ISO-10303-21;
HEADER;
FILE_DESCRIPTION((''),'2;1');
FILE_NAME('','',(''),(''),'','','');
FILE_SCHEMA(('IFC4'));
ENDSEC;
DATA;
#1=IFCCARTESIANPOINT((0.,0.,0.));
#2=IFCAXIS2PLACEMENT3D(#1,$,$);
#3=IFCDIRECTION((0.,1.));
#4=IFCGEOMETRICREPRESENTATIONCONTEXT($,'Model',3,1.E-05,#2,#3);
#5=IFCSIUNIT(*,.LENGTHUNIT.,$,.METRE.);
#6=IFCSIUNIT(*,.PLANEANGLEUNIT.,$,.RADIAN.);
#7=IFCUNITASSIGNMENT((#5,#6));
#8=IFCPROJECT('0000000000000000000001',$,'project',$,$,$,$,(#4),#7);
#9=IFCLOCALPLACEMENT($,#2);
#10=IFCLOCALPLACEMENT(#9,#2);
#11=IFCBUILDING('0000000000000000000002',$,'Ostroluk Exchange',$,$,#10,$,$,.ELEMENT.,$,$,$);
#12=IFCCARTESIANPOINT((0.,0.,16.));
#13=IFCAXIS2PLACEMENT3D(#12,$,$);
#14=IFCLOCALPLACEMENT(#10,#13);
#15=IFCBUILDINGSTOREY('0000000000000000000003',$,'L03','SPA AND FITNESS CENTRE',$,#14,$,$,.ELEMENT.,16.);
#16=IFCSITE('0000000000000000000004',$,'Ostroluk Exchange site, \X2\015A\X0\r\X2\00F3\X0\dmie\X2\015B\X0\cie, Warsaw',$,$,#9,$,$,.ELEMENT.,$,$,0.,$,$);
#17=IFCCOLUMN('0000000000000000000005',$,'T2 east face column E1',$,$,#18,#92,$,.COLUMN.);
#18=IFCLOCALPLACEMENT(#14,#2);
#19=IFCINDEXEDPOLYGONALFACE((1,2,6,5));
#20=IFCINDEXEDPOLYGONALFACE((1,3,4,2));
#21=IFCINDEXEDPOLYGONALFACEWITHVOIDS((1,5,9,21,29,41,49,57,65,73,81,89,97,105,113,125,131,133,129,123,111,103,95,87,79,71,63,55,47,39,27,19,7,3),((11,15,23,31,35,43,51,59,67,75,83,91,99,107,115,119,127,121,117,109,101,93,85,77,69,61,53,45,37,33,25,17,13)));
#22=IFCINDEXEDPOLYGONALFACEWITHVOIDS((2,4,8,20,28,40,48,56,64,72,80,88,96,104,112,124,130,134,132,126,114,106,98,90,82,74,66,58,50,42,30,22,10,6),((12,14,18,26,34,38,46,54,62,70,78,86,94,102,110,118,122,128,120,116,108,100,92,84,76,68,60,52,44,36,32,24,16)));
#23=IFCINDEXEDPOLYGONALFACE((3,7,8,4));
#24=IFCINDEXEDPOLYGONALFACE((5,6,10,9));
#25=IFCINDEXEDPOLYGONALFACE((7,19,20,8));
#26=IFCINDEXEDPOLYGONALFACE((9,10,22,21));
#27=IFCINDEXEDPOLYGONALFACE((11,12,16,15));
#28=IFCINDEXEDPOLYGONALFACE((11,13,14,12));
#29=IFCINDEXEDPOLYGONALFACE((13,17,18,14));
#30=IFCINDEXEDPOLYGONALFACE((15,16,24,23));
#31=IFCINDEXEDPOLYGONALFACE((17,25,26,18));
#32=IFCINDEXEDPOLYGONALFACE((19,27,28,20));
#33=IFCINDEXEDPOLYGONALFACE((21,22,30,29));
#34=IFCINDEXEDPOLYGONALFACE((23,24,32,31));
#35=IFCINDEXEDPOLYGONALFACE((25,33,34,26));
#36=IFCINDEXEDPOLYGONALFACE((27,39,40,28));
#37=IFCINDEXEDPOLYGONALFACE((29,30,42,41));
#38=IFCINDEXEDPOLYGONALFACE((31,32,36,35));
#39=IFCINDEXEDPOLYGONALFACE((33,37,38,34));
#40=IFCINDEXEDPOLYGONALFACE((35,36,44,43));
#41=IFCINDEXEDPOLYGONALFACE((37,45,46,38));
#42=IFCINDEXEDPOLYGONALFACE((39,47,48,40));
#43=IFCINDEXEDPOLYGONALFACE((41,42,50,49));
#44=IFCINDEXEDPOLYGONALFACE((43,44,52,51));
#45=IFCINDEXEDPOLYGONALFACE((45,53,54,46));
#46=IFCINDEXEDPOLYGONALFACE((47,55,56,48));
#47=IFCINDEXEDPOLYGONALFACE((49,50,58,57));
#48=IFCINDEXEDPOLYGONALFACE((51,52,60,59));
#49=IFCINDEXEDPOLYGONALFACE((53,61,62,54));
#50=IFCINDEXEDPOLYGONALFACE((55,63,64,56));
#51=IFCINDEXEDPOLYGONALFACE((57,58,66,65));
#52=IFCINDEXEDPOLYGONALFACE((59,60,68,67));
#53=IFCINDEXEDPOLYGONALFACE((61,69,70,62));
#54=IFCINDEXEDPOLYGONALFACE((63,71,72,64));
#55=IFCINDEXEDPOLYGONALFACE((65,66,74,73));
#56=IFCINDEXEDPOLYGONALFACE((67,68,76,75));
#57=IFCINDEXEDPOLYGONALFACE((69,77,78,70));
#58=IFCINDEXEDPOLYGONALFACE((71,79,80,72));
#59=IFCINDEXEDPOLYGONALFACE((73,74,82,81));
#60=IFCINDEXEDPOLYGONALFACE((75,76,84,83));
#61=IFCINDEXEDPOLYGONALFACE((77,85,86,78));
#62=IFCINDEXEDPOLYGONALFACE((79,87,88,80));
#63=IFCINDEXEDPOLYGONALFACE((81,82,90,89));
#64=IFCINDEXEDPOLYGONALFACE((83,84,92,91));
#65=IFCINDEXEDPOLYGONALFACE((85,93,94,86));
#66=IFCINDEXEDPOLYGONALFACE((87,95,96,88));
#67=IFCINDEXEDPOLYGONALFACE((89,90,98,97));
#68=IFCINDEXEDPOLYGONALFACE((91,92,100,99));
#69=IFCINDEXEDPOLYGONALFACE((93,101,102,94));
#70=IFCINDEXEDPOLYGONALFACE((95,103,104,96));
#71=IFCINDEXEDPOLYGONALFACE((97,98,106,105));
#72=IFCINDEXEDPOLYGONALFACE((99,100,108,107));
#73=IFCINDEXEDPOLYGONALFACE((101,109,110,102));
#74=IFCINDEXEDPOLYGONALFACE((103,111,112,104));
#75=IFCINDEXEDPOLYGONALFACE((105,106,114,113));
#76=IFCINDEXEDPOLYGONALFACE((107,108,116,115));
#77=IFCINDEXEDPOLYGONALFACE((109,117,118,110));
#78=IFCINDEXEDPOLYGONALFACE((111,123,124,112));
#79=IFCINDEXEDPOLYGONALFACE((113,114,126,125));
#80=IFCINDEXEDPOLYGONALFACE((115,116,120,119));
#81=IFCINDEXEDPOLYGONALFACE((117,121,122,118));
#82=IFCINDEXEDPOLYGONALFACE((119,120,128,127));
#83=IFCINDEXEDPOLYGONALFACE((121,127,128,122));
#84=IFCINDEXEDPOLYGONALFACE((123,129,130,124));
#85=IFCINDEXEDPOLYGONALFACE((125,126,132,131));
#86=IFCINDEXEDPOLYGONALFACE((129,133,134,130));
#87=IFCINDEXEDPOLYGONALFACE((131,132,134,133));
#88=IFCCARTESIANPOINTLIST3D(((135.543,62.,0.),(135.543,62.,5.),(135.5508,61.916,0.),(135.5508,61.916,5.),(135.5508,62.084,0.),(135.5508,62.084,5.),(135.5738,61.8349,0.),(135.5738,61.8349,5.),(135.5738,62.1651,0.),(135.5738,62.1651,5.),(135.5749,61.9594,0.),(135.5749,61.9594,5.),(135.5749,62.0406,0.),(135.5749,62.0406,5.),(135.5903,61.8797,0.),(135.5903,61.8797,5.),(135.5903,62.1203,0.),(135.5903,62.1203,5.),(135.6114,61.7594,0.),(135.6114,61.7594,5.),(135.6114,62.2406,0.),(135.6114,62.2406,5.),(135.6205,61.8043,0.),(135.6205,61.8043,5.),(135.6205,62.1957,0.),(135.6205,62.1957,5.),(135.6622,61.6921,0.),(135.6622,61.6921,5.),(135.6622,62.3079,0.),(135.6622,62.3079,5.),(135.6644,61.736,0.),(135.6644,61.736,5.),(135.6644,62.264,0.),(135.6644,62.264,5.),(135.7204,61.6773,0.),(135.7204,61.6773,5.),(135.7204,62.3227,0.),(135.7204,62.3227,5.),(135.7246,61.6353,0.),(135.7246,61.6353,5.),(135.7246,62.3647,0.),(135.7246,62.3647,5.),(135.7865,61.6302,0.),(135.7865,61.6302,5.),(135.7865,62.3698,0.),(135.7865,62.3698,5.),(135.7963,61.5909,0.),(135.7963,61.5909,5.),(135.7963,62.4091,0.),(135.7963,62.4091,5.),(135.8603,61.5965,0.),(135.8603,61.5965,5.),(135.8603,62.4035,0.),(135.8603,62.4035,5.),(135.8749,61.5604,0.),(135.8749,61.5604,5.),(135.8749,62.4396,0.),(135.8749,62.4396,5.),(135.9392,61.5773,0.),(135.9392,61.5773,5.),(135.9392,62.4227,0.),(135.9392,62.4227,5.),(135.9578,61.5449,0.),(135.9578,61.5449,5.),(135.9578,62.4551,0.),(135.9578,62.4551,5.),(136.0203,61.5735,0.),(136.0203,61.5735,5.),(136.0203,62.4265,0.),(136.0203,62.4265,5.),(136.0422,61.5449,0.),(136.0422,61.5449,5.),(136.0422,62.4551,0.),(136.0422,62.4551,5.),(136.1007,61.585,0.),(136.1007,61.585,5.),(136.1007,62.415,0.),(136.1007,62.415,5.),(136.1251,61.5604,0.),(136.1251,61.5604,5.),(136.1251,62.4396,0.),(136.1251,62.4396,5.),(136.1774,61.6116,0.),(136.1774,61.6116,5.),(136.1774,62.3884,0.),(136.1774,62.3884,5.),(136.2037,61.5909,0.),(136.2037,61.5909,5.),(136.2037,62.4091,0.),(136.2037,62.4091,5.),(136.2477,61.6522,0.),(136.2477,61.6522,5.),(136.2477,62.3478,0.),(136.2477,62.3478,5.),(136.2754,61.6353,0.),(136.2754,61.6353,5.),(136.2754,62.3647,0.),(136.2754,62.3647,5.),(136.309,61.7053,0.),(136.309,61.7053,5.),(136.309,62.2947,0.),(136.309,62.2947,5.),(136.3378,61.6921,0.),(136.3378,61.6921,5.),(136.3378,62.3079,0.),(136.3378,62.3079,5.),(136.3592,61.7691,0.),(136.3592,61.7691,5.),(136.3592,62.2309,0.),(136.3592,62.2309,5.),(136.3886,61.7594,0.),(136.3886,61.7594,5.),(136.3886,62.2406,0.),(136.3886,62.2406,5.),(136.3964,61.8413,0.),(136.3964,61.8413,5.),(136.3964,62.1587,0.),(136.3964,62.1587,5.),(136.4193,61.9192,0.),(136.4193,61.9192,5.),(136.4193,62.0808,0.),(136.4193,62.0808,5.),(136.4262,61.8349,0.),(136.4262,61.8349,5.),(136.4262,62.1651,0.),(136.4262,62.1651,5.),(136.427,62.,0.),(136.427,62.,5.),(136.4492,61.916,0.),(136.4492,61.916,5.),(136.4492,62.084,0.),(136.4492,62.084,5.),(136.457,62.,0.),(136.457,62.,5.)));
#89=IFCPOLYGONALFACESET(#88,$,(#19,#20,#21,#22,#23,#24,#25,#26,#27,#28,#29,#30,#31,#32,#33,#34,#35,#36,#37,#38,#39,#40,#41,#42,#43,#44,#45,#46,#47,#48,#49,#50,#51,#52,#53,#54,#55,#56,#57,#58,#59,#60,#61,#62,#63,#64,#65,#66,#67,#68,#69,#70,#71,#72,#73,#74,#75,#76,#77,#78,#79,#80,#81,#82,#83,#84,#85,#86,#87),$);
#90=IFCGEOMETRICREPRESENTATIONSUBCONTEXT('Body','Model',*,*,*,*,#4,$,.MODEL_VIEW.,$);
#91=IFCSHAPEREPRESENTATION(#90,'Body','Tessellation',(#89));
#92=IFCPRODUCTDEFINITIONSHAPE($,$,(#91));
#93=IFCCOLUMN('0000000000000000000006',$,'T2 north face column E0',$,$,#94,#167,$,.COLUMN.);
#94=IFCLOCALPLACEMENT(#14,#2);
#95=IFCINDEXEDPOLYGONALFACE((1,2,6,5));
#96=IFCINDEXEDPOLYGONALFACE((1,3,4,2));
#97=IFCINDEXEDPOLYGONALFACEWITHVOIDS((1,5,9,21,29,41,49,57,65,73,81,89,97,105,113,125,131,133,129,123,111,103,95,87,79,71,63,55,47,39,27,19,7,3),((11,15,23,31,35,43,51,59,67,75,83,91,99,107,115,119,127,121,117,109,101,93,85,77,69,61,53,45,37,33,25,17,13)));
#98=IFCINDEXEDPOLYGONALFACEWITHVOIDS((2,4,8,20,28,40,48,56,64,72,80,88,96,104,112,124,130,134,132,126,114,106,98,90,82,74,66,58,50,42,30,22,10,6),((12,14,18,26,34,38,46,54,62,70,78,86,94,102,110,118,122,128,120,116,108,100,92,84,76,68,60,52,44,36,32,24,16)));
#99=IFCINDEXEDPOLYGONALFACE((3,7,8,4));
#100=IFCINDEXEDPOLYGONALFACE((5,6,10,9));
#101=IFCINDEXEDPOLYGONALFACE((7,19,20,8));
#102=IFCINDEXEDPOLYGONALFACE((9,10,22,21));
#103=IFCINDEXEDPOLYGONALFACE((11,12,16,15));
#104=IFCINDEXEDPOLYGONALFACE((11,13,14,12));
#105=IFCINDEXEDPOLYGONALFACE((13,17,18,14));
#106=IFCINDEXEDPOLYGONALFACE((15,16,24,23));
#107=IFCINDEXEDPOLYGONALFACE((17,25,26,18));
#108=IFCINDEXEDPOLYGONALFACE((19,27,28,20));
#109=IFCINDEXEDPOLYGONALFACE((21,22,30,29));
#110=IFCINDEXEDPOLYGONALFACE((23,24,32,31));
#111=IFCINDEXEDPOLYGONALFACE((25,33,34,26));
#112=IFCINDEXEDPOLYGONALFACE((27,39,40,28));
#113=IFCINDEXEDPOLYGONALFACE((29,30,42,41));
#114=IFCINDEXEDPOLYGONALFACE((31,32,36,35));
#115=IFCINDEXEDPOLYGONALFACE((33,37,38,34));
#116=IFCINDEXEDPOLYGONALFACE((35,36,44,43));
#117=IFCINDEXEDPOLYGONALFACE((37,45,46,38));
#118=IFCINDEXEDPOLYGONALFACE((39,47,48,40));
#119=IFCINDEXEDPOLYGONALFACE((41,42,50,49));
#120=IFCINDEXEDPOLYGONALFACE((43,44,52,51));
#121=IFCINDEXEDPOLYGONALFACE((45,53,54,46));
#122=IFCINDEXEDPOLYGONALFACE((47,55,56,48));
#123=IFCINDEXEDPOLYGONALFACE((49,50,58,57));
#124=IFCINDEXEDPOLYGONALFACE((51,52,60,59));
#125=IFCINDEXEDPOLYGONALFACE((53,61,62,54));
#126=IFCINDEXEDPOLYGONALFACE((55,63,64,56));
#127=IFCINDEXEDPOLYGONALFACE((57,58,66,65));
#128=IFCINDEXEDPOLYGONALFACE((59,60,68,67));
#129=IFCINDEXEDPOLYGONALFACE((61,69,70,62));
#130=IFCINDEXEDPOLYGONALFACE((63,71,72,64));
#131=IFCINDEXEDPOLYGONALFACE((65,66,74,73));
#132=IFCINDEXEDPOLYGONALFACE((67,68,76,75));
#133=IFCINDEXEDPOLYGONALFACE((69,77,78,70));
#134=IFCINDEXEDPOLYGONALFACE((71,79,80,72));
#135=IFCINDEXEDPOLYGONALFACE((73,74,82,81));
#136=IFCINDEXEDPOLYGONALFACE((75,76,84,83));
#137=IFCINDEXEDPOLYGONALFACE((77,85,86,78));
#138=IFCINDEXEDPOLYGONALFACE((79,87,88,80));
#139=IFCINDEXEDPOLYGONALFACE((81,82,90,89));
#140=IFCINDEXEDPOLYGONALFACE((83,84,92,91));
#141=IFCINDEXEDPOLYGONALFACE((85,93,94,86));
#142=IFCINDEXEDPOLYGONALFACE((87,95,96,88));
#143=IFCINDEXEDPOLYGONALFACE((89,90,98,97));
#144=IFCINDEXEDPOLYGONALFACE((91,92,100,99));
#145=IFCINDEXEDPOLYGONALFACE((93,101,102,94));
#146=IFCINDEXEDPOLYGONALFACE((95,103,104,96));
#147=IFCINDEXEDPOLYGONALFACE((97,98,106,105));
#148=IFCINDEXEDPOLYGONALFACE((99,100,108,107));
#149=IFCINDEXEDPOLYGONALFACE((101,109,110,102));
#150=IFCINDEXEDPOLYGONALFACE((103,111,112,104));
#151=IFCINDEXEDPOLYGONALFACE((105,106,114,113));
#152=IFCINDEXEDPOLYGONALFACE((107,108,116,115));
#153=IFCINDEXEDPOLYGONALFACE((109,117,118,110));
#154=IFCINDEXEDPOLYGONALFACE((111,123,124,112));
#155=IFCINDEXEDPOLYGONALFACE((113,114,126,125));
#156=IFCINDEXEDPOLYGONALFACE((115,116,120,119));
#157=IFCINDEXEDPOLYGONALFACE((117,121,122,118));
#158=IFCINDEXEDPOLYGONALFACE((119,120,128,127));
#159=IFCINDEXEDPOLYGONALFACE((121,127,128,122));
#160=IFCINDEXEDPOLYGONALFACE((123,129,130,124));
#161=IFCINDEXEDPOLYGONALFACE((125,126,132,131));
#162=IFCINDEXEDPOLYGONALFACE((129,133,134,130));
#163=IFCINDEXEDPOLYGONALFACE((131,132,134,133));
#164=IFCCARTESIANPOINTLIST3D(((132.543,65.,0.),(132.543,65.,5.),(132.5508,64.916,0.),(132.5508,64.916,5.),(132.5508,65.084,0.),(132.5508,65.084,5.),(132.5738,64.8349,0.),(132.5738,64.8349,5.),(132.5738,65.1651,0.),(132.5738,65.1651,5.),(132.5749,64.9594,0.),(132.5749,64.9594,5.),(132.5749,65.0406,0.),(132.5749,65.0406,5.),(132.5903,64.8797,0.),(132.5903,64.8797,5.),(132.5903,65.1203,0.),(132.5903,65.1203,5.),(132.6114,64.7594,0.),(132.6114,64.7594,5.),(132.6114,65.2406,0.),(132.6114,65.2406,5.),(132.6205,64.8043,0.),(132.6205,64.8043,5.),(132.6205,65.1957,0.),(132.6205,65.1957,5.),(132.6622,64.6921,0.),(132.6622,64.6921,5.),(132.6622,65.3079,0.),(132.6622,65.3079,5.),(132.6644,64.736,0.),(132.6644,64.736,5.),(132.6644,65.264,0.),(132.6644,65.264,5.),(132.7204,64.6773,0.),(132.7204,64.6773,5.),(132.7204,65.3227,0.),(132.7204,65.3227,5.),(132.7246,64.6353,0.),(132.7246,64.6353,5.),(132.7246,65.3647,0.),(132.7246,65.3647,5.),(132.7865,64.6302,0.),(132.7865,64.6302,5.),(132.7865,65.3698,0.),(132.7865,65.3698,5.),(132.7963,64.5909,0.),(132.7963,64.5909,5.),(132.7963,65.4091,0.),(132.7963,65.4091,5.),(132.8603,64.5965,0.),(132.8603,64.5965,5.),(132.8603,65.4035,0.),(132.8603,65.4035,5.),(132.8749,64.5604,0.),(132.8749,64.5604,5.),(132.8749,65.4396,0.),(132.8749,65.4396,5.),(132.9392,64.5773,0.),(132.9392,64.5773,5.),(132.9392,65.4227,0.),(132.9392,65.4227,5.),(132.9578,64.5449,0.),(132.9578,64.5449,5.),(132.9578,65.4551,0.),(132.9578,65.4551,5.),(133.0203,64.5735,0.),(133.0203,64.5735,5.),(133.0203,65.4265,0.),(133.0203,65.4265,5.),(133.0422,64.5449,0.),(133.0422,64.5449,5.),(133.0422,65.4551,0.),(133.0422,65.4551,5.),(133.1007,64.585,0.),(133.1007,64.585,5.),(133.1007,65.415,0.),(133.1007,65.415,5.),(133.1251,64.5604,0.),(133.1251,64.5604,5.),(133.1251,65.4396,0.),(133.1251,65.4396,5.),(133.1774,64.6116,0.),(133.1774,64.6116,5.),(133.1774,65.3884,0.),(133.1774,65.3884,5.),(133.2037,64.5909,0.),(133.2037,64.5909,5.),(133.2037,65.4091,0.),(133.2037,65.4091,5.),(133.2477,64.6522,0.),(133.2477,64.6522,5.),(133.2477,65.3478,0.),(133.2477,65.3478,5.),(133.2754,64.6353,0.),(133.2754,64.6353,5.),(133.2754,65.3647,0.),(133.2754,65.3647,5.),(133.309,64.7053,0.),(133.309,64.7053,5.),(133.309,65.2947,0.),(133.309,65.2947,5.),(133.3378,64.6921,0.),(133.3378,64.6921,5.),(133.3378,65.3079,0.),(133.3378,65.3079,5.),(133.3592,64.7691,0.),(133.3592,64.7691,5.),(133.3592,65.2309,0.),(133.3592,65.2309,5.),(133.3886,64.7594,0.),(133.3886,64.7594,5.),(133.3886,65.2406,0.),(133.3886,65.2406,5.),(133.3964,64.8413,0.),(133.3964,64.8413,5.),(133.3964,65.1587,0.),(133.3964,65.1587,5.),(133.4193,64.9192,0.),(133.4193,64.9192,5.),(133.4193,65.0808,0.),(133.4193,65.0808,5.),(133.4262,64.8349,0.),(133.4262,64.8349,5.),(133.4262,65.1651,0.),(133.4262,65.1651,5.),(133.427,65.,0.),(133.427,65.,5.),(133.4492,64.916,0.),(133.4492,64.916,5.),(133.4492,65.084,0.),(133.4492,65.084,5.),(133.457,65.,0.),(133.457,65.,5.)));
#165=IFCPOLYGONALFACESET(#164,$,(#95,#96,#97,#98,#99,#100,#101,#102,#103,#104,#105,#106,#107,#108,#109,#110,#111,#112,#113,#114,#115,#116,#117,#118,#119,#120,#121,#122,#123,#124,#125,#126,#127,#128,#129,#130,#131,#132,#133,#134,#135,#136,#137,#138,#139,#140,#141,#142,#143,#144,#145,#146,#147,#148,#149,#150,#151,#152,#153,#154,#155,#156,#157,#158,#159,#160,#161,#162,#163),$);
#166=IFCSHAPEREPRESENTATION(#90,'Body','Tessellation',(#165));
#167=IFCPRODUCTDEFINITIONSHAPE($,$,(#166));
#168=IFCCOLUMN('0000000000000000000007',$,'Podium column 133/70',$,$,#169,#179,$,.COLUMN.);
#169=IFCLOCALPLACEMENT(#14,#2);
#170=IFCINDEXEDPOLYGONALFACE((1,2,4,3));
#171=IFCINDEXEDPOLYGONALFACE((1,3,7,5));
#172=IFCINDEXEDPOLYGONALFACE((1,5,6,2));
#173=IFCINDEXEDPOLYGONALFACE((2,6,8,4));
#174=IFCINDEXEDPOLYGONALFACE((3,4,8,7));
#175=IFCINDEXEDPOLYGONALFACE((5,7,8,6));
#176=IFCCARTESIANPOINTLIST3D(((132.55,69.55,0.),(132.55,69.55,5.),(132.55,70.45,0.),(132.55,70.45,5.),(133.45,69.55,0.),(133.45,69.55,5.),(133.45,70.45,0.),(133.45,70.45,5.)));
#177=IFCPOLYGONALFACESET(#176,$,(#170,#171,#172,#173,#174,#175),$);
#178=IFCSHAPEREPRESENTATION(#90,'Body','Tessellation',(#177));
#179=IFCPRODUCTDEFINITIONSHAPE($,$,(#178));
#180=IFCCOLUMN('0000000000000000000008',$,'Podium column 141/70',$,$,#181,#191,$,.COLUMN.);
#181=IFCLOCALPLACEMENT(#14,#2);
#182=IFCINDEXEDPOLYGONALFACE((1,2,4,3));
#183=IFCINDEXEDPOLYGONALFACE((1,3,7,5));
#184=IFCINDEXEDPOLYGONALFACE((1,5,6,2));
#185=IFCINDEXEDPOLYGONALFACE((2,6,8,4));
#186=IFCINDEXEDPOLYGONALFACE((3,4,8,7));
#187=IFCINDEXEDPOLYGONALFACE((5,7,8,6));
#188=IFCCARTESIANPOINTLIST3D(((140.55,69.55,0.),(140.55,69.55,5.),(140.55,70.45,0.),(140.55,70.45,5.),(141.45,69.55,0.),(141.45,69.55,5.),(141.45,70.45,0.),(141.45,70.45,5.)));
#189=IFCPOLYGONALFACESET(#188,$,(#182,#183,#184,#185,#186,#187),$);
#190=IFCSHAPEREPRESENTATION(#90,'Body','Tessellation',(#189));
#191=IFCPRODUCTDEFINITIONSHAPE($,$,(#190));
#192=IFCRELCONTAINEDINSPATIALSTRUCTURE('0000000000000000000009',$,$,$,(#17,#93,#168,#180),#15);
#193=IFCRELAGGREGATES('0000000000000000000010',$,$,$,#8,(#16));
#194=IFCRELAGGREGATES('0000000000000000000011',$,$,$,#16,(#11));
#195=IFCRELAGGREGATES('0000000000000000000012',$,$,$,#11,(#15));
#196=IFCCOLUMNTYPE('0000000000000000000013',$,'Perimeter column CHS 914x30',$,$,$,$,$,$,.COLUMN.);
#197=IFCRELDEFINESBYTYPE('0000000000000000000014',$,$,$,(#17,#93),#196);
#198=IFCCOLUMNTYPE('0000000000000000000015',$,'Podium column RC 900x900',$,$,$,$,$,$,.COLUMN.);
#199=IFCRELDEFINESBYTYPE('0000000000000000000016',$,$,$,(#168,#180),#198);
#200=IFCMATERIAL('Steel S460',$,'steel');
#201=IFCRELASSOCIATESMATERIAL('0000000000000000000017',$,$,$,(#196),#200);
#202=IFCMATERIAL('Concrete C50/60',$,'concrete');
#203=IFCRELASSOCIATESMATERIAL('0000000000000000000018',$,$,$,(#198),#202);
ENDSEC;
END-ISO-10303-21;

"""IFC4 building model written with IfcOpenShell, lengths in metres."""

from ifc_helpers import new_model, si_unit, direction, frame, origin, origin_2d, place, context, subcontext, project, spatial, rectangle, hollow_circle, extrude, material, material_profile, profile_set, type_object, element, save


model = new_model("IFC4")

# Units and contexts
model_context = context("Model", 3, precision=1e-05, world=origin(), true_north=direction((0.0, 1.0)))
body_context = subcontext(model_context, "Body", "Model", "MODEL_VIEW")
ifc_project = project(units=[si_unit("LENGTHUNIT", "METRE"), si_unit("PLANEANGLEUNIT", "RADIAN")], contexts=[model_context])

# Site, building, storey
site_placement = place(None, origin())
site = spatial("IfcSite", under=ifc_project, at=site_placement, Name="Ostroluk Exchange site, Śródmieście, Warsaw", CompositionType="ELEMENT", RefElevation=0.0)
building_placement = place(site_placement, origin())
building = spatial("IfcBuilding", under=site, at=building_placement, Name="Ostroluk Exchange", CompositionType="ELEMENT")
storey_placement = place(building_placement, frame((0.0, 0.0, 16.0)))
storey = spatial("IfcBuildingStorey", under=building, at=storey_placement, Name="L03", Description="SPA AND FITNESS CENTRE", CompositionType="ELEMENT", Elevation=16.0)

# Columns
ifc_material_1 = material(Name="Steel S460", Category="steel")
ifc_material_profile_1 = material_profile(ifc_material_1, hollow_circle(Radius=0.457, WallThickness=0.03, at=origin_2d()), Name="CHS 914x30")
ifc_profile_set_1 = profile_set([ifc_material_profile_1], Name="Steel S460")
column_type_1 = type_object("IfcColumnType", Name="Perimeter column CHS 914x30", PredefinedType="COLUMN", material=ifc_profile_set_1)
for number, where, z_axis, x_axis, name in (
    (1, (136.0, 62.0, 0.0), (0.0, 0.0, 1.0), (1.0, 0.0, 0.0), "T2 east face column E1"),
    (2, (133.0, 65.0, 0.0), (0.0, 0.0, 1.0), (1.0, 0.0, 0.0), "T2 north face column E0"),
):
    element("IfcColumn", number, at=place(storey_placement, frame(where, z_axis=z_axis, x_axis=x_axis)), inside=storey, type_object=column_type_1, Name=name, PredefinedType="COLUMN", context=body_context, shape_type="SweptSolid", body=[
        extrude(hollow_circle(Radius=0.457, WallThickness=0.03, at=origin_2d()), origin(), (0.0, 0.0, 1.0), 5.0),
    ])
ifc_material_2 = material(Name="Concrete C50/60", Category="concrete")
ifc_material_profile_2 = material_profile(ifc_material_2, rectangle(XDim=0.8999, YDim=0.8999, at=origin_2d()), Name="RC 900x900")
ifc_profile_set_2 = profile_set([ifc_material_profile_2], Name="Concrete C50/60")
column_type_2 = type_object("IfcColumnType", Name="Podium column RC 900x900", PredefinedType="COLUMN", material=ifc_profile_set_2)
for number, where, z_axis, x_axis, name in (
    (3, (133.0, 70.0, 0.0), (0.0, 0.0, 1.0), (1.0, 0.0, 0.0), "Podium column 133/70"),
    (4, (141.0, 70.0, 0.0), (0.0, 0.0, 1.0), (1.0, 0.0, 0.0), "Podium column 141/70"),
):
    element("IfcColumn", number, at=place(storey_placement, frame(where, z_axis=z_axis, x_axis=x_axis)), inside=storey, type_object=column_type_2, Name=name, PredefinedType="COLUMN", context=body_context, shape_type="SweptSolid", body=[
        extrude(rectangle(XDim=0.8999, YDim=0.8999, at=origin_2d()), origin(), (0.0, 0.0, 1.0), 5.0),
    ])

save(model, "model.ifc")
